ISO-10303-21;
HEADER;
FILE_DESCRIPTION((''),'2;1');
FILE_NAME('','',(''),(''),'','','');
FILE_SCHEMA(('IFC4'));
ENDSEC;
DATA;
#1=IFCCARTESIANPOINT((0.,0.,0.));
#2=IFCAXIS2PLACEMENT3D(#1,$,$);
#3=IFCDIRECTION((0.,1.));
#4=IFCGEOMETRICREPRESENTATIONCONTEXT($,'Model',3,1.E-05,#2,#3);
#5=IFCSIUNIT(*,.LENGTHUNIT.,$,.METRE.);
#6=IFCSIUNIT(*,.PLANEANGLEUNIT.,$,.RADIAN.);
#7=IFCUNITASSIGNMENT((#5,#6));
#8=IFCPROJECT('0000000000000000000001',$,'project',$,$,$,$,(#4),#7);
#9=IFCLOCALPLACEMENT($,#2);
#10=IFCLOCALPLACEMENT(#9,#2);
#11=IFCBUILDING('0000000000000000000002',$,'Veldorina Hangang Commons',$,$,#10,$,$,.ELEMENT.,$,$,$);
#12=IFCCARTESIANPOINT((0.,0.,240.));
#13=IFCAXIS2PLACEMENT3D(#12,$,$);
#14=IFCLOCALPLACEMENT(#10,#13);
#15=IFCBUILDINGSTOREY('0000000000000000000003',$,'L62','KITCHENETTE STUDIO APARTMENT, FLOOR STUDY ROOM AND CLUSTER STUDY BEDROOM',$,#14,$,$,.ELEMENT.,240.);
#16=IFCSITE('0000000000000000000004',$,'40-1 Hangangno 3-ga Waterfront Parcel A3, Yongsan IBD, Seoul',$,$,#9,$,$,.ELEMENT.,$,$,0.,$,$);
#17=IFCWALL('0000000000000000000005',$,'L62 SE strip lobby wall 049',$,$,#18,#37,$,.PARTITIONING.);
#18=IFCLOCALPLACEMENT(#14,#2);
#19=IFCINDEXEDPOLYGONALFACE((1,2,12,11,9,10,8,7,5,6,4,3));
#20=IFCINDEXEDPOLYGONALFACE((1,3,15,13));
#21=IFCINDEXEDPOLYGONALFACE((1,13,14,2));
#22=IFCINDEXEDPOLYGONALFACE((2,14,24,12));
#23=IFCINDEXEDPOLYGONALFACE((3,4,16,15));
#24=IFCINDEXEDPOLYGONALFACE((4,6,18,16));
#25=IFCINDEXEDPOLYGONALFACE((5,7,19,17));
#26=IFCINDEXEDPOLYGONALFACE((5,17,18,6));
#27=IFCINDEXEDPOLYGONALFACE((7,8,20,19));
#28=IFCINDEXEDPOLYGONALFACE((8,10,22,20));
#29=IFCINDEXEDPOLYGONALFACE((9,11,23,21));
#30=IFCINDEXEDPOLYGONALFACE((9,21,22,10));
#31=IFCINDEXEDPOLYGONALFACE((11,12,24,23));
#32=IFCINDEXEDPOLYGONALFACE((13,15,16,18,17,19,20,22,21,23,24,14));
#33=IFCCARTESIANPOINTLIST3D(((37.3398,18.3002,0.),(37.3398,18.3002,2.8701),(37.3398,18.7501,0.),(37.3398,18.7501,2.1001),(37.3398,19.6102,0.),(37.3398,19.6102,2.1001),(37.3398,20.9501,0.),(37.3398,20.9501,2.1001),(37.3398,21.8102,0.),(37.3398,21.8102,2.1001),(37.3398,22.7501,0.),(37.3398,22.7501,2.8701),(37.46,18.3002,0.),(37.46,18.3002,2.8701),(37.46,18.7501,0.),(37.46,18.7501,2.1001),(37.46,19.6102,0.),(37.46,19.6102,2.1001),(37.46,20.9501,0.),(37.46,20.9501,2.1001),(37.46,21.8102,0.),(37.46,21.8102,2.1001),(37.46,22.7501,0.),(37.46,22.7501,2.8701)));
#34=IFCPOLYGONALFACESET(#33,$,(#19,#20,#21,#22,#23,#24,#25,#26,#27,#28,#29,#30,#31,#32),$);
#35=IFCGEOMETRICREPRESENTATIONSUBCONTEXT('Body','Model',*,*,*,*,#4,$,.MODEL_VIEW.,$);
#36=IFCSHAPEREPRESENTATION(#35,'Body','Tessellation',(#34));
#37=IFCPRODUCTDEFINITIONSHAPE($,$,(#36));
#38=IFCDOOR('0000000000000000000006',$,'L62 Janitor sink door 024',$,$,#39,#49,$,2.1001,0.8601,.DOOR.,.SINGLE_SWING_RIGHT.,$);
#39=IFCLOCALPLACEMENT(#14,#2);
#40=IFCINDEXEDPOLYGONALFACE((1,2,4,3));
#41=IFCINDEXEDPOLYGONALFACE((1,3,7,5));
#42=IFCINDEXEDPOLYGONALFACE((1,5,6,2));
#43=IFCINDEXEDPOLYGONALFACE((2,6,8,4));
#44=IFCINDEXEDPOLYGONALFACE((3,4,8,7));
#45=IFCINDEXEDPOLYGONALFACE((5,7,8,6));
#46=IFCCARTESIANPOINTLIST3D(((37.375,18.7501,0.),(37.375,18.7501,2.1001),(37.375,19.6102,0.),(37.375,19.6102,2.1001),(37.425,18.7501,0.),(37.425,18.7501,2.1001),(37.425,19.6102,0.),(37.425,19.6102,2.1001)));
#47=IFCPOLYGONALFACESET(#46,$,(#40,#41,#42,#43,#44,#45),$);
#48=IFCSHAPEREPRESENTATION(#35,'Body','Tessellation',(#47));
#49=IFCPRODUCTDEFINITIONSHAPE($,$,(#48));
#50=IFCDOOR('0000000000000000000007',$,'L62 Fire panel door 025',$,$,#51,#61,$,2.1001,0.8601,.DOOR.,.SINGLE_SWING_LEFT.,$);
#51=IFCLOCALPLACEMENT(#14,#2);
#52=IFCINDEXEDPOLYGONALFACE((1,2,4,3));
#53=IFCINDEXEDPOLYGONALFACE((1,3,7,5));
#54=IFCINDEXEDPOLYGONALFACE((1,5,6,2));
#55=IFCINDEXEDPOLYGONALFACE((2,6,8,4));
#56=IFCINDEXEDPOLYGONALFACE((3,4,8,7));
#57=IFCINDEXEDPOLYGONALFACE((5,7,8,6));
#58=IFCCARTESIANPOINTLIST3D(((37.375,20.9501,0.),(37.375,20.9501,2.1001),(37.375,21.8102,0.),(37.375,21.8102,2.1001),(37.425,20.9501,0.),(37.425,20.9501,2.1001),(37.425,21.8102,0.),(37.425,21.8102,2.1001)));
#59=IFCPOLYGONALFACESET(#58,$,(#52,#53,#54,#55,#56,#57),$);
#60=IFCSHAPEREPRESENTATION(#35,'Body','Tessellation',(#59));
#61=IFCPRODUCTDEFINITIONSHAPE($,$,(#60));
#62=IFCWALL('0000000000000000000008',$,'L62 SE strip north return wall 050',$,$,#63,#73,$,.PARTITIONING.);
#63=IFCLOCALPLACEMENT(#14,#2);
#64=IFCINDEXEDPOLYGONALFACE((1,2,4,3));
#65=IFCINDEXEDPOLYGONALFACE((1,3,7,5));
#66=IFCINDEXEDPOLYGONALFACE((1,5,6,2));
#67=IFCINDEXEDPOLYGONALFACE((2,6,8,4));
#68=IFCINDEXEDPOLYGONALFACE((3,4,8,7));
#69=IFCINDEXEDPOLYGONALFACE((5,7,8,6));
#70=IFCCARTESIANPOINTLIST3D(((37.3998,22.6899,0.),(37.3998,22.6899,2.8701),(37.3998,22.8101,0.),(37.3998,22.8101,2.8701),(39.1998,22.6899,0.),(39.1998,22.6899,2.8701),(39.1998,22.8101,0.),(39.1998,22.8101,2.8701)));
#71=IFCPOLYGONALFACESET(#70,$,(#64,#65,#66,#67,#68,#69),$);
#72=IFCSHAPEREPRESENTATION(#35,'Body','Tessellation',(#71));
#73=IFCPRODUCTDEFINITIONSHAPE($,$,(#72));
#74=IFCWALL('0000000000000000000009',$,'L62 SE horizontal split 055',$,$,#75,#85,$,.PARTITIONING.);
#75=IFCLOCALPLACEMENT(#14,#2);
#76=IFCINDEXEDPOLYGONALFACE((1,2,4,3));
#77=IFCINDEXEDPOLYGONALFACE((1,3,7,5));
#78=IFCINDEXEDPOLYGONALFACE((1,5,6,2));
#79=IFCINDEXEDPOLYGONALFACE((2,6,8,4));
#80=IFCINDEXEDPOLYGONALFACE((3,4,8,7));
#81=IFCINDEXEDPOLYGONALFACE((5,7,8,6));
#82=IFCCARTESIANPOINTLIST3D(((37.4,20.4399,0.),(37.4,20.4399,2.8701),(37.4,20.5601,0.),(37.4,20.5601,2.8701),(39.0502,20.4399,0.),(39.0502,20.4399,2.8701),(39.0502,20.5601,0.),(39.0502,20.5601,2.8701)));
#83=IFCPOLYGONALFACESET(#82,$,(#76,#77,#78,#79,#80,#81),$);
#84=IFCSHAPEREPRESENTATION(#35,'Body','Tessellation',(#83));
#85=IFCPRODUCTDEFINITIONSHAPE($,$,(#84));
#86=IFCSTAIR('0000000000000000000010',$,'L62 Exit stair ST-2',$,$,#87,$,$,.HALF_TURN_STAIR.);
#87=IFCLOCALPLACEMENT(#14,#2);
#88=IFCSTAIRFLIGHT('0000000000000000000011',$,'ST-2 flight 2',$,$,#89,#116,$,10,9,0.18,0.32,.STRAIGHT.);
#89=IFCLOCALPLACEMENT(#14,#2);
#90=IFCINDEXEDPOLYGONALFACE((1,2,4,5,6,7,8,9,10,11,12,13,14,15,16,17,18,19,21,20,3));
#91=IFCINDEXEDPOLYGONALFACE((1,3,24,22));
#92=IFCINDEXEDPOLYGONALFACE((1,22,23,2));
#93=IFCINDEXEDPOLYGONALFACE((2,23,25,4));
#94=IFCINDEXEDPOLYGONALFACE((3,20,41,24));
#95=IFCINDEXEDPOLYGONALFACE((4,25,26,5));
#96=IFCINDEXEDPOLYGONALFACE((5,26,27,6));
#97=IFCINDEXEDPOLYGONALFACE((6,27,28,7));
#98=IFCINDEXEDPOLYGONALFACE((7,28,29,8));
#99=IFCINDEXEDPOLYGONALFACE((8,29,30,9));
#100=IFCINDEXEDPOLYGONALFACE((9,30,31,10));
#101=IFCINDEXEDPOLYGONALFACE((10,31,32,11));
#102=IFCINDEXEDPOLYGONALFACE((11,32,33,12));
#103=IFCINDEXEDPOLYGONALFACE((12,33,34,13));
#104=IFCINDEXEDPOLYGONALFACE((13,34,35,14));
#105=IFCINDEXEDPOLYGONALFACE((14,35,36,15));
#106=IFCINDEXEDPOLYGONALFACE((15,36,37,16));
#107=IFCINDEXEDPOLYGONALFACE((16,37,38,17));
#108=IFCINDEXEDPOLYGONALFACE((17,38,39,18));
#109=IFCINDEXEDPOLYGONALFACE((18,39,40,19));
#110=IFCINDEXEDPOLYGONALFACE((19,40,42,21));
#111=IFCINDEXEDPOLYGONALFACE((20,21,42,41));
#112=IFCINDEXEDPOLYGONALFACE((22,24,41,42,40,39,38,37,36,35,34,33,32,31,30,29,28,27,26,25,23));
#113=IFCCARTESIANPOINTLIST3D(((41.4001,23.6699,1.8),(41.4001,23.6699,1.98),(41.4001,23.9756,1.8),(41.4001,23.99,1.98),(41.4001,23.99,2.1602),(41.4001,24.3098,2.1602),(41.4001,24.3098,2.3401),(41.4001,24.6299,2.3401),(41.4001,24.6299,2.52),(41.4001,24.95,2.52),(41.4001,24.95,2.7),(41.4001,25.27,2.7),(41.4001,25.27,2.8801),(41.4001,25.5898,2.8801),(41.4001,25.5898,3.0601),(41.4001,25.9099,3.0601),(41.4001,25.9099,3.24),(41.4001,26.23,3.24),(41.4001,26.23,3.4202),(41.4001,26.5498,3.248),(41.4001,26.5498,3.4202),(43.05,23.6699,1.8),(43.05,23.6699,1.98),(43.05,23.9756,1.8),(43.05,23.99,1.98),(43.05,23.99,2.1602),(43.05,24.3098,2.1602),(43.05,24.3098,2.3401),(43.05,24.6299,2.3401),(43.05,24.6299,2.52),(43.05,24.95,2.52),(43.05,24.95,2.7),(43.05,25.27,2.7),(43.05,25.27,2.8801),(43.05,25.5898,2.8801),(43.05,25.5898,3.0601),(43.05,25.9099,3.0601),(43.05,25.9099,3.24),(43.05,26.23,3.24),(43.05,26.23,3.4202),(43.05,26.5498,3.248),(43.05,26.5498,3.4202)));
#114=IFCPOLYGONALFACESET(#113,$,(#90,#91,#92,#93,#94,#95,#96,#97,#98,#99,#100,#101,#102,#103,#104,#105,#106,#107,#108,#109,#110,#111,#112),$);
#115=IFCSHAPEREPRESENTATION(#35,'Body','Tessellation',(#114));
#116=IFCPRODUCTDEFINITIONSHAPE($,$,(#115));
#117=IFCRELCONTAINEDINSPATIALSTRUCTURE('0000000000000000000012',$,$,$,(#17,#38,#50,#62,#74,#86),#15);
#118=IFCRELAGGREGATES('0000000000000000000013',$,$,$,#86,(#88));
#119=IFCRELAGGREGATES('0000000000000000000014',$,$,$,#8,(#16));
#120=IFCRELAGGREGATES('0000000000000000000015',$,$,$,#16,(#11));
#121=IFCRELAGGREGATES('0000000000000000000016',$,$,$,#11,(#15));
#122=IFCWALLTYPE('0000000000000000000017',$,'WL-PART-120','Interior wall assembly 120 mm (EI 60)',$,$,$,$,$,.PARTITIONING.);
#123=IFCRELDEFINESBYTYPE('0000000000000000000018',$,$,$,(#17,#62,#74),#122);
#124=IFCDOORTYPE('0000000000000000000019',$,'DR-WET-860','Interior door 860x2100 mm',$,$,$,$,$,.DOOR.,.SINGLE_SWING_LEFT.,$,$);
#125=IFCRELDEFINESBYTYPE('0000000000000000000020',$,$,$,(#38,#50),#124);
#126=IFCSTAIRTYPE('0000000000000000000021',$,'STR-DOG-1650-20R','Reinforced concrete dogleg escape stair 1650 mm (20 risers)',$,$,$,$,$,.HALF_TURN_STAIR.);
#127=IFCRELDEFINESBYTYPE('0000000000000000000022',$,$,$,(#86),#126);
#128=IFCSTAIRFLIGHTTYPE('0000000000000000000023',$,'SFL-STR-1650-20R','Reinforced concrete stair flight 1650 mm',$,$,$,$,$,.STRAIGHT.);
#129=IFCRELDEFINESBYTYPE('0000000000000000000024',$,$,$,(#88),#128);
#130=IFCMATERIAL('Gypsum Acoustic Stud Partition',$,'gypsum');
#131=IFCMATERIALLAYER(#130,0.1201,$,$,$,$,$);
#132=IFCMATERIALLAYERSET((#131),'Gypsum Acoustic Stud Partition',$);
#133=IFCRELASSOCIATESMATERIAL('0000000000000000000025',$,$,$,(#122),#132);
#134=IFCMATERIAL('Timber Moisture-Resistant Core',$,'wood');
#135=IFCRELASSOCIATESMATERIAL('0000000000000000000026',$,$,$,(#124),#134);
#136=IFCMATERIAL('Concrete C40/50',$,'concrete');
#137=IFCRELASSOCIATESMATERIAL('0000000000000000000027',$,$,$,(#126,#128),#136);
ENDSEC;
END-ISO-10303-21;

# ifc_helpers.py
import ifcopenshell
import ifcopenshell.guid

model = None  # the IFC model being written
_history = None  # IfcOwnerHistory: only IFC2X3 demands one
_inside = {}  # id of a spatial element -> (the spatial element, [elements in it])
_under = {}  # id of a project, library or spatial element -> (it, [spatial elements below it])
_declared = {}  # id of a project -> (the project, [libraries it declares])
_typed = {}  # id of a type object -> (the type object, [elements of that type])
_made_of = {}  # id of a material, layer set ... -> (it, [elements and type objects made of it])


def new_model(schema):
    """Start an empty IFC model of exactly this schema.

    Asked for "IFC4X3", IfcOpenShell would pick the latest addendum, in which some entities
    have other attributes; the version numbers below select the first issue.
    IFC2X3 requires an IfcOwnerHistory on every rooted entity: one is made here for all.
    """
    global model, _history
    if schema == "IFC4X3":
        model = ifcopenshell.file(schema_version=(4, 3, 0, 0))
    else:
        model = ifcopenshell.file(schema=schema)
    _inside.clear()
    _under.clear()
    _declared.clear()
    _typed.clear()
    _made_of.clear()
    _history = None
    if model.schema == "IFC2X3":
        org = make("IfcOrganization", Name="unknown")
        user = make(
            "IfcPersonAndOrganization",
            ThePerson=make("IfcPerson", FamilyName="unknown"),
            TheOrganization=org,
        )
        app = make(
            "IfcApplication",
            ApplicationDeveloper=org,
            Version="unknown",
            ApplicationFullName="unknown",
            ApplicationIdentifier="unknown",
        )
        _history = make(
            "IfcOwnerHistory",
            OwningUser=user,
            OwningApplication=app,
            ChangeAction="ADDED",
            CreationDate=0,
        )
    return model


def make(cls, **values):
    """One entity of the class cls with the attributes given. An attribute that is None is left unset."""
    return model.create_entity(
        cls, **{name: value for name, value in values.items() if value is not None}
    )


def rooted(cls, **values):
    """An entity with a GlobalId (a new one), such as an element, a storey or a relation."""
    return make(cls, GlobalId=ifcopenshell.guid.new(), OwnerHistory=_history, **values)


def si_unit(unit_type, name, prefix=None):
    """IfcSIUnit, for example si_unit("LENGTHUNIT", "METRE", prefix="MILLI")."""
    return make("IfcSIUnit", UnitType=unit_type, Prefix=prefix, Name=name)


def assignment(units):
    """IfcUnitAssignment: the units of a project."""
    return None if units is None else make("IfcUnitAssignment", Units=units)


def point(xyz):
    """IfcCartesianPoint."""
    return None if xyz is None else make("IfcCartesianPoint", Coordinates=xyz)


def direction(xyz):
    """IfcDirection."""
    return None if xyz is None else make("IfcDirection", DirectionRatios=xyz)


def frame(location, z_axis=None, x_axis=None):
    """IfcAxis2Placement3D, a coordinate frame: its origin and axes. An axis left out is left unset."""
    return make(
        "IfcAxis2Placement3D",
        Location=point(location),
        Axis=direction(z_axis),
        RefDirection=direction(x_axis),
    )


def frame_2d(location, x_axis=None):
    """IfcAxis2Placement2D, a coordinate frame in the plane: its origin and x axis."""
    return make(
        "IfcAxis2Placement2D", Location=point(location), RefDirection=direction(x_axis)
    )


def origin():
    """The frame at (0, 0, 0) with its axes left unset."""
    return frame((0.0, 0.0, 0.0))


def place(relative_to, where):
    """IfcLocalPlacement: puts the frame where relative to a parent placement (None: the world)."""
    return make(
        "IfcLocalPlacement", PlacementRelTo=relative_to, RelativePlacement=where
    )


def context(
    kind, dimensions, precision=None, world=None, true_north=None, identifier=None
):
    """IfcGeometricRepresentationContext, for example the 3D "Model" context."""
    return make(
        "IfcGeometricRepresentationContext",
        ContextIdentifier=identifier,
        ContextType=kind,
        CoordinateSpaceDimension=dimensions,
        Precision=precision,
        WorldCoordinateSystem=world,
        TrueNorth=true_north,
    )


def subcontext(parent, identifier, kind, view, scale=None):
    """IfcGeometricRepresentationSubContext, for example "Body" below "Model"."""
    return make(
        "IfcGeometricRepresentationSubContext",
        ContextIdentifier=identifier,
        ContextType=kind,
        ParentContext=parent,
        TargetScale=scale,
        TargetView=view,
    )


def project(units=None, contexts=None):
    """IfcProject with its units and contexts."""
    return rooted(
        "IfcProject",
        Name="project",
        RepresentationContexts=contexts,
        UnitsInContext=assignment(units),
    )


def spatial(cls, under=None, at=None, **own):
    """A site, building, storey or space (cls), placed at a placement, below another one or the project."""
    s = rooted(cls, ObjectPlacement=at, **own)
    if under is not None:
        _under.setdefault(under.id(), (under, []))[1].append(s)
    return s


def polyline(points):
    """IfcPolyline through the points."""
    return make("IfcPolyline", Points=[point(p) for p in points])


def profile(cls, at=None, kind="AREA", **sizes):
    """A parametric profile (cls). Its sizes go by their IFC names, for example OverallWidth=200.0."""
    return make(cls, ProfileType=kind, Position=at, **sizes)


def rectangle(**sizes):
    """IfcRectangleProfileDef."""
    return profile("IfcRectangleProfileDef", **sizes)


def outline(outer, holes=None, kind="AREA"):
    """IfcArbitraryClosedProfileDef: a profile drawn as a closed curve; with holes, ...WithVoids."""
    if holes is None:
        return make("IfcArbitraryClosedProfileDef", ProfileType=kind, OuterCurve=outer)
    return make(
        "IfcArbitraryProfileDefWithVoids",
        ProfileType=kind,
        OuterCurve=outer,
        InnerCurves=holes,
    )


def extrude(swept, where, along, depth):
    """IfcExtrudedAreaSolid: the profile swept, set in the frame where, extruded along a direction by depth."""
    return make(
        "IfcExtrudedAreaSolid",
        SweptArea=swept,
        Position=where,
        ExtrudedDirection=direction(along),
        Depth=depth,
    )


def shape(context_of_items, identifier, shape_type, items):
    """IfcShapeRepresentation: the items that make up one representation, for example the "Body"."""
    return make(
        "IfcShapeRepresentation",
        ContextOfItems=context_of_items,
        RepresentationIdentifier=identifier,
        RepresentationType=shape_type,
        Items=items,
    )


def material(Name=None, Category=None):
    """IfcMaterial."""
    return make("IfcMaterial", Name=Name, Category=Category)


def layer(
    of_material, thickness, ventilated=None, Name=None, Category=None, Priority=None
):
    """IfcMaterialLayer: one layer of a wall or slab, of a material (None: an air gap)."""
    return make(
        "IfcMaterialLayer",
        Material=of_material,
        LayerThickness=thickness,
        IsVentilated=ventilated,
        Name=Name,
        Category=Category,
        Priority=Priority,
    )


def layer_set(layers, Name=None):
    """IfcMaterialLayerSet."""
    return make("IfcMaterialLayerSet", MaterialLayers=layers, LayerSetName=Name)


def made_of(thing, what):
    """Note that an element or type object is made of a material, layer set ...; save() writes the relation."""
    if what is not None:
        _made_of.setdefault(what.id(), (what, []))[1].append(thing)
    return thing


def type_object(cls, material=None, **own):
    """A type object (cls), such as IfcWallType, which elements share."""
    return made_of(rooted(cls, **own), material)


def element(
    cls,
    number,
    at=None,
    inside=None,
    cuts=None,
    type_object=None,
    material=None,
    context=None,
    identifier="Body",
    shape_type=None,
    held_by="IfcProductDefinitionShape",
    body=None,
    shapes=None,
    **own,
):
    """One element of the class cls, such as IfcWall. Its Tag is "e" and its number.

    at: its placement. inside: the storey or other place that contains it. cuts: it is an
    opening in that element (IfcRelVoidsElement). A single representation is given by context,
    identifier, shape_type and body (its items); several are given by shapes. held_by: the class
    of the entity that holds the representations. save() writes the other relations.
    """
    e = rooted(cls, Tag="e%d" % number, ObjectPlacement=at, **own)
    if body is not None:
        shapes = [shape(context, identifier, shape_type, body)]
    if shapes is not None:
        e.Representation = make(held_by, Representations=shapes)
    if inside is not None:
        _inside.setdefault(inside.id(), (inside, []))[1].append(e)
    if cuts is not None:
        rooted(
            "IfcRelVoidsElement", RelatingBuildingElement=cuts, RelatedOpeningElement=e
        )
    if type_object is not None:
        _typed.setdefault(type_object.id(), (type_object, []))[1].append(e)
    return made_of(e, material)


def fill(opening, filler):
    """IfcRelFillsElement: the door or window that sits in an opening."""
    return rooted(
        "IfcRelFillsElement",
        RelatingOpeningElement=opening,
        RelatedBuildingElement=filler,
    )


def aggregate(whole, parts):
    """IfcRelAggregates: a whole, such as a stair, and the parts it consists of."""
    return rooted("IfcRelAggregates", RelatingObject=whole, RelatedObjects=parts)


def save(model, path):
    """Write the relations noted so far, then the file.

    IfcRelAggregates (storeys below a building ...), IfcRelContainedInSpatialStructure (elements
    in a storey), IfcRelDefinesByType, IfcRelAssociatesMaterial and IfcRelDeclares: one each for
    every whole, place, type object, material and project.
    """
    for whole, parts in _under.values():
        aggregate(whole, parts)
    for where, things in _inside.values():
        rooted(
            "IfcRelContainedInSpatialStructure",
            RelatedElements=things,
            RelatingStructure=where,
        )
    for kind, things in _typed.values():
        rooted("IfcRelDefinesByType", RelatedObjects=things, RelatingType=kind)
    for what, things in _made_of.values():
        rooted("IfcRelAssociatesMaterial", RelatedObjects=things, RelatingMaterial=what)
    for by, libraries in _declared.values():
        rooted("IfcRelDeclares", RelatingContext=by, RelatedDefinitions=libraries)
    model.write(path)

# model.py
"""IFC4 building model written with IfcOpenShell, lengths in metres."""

from ifc_helpers import new_model, si_unit, direction, frame, frame_2d, origin, place, context, subcontext, project, spatial, polyline, rectangle, outline, extrude, material, layer, layer_set, type_object, element, fill, aggregate, save


model = new_model("IFC4")

# Units and contexts
model_context = context("Model", 3, precision=1e-05, world=origin(), true_north=direction((0.0, 1.0)))
body_context = subcontext(model_context, "Body", "Model", "MODEL_VIEW")
ifc_project = project(units=[si_unit("LENGTHUNIT", "METRE"), si_unit("PLANEANGLEUNIT", "RADIAN")], contexts=[model_context])

# Site, building, storey
site_placement = place(None, origin())
site = spatial("IfcSite", under=ifc_project, at=site_placement, Name="40-1 Hangangno 3-ga Waterfront Parcel A3, Yongsan IBD, Seoul", CompositionType="ELEMENT", RefElevation=0.0)
building_placement = place(site_placement, origin())
building = spatial("IfcBuilding", under=site, at=building_placement, Name="Veldorina Hangang Commons", CompositionType="ELEMENT")
storey_placement = place(building_placement, frame((0.0, 0.0, 240.0)))
storey = spatial("IfcBuildingStorey", under=building, at=storey_placement, Name="L62", Description="KITCHENETTE STUDIO APARTMENT, FLOOR STUDY ROOM AND CLUSTER STUDY BEDROOM", CompositionType="ELEMENT", Elevation=240.0)

# Shared definitions
ifc_material_1 = material(Name="Gypsum Acoustic Stud Partition", Category="gypsum")
ifc_layer_1 = layer(ifc_material_1, 0.1201)
ifc_layer_set_1 = layer_set([ifc_layer_1], Name="Gypsum Acoustic Stud Partition")
wall_type_1 = type_object("IfcWallType", Name="WL-PART-120", Description="Interior wall assembly 120 mm (EI 60)", PredefinedType="PARTITIONING", material=ifc_layer_set_1)

# Wall, openings, doors
wall_1_placement = place(storey_placement, frame((37.3999, 18.3, 0.0), z_axis=(0.0, 0.0, 1.0), x_axis=(0.0, 1.0, 0.0)))
wall_1 = element("IfcWall", 1, at=wall_1_placement, inside=storey, type_object=wall_type_1, Name="L62 SE strip lobby wall 049", PredefinedType="PARTITIONING", context=body_context, shape_type="SweptSolid", body=[
    extrude(rectangle(XDim=4.45, YDim=0.1201, at=frame_2d((2.2251, 0.0))), origin(), (0.0, 0.0, 1.0), 2.8701),
])
opening_1_placement = place(wall_1_placement, frame((0.45, 0.0, 0.0)))
opening_1 = element("IfcOpeningElement", 2, at=opening_1_placement, cuts=wall_1, PredefinedType="OPENING", context=body_context, shape_type="SweptSolid", body=[
    extrude(rectangle(XDim=0.8601, YDim=2.1001, at=frame_2d((0.4302, 1.05))), frame((0.0, 0.0701, 0.0), z_axis=(0.0, -1.0, 0.0), x_axis=(1.0, 0.0, 0.0)), (0.0, 0.0, 1.0), 0.1401),
])
opening_2_placement = place(wall_1_placement, frame((2.6499, 0.0, 0.0)))
opening_2 = element("IfcOpeningElement", 3, at=opening_2_placement, cuts=wall_1, PredefinedType="OPENING", context=body_context, shape_type="SweptSolid", body=[
    extrude(rectangle(XDim=0.8601, YDim=2.1001, at=frame_2d((0.4302, 1.05))), frame((0.0, 0.0701, 0.0), z_axis=(0.0, -1.0, 0.0), x_axis=(1.0, 0.0, 0.0)), (0.0, 0.0, 1.0), 0.1401),
])
ifc_material_2 = material(Name="Timber Moisture-Resistant Core", Category="wood")
door_type_1 = type_object("IfcDoorType", Name="DR-WET-860", Description="Interior door 860x2100 mm", OperationType="SINGLE_SWING_LEFT", PredefinedType="DOOR", material=ifc_material_2)
door_1_placement = place(opening_1_placement, origin())
door_1 = element("IfcDoor", 4, at=door_1_placement, inside=storey, type_object=door_type_1, Name="L62 Janitor sink door 024", OperationType="SINGLE_SWING_RIGHT", OverallHeight=2.1001, OverallWidth=0.8601, PredefinedType="DOOR", context=body_context, shape_type="SweptSolid", body=[
    extrude(rectangle(XDim=0.8601, YDim=2.1001, at=frame_2d((0.4302, 1.05))), frame((0.0, 0.0249, 0.0), z_axis=(0.0, -1.0, 0.0), x_axis=(1.0, 0.0, 0.0)), (0.0, 0.0, 1.0), 0.05),
])
fill(opening_1, door_1)
door_2_placement = place(opening_2_placement, origin())
door_2 = element("IfcDoor", 5, at=door_2_placement, inside=storey, type_object=door_type_1, Name="L62 Fire panel door 025", OperationType="SINGLE_SWING_LEFT", OverallHeight=2.1001, OverallWidth=0.8601, PredefinedType="DOOR", context=body_context, shape_type="SweptSolid", body=[
    extrude(rectangle(XDim=0.8601, YDim=2.1001, at=frame_2d((0.4302, 1.05))), frame((0.0, 0.0249, 0.0), z_axis=(0.0, -1.0, 0.0), x_axis=(1.0, 0.0, 0.0)), (0.0, 0.0, 1.0), 0.05),
])
fill(opening_2, door_2)

# Walls
wall_2_placement = place(storey_placement, frame((37.3999, 22.75, 0.0), z_axis=(0.0, 0.0, 1.0), x_axis=(1.0, 0.0, 0.0)))
element("IfcWall", 6, at=wall_2_placement, inside=storey, type_object=wall_type_1, Name="L62 SE strip north return wall 050", PredefinedType="PARTITIONING", context=body_context, shape_type="SweptSolid", body=[
    extrude(rectangle(XDim=1.8, YDim=0.1201, at=frame_2d((0.8999, 0.0))), origin(), (0.0, 0.0, 1.0), 2.8701),
])
wall_3_placement = place(storey_placement, frame((37.3999, 20.5, 0.0), z_axis=(0.0, 0.0, 1.0), x_axis=(1.0, 0.0, 0.0)))
element("IfcWall", 7, at=wall_3_placement, inside=storey, type_object=wall_type_1, Name="L62 SE horizontal split 055", PredefinedType="PARTITIONING", context=body_context, shape_type="SweptSolid", body=[
    extrude(rectangle(XDim=1.6501, YDim=0.1201, at=frame_2d((0.8252, 0.0))), origin(), (0.0, 0.0, 1.0), 2.8701),
])

# Stair, stair flight
ifc_material_3 = material(Name="Concrete C40/50", Category="concrete")
stair_type = type_object("IfcStairType", Name="STR-DOG-1650-20R", Description="Reinforced concrete dogleg escape stair 1650 mm (20 risers)", PredefinedType="HALF_TURN_STAIR", material=ifc_material_3)
stair_placement = place(storey_placement, origin())
stair = element("IfcStair", 8, at=stair_placement, inside=storey, type_object=stair_type, Name="L62 Exit stair ST-2", PredefinedType="HALF_TURN_STAIR")
stair_flight_type = type_object("IfcStairFlightType", Name="SFL-STR-1650-20R", Description="Reinforced concrete stair flight 1650 mm", PredefinedType="STRAIGHT", material=ifc_material_3)
stair_flight_placement = place(storey_placement, frame((42.2251, 23.6699, 1.8), z_axis=(0.0, 0.0, 1.0), x_axis=(0.0, 1.0, 0.0)))
stair_flight = element("IfcStairFlight", 9, at=stair_flight_placement, type_object=stair_flight_type, Name="ST-2 flight 2", NumberOfRisers=10, NumberOfTreads=9, PredefinedType="STRAIGHT", RiserHeight=0.18, TreadLength=0.32, context=body_context, shape_type="SweptSolid", body=[
    extrude(outline(polyline([(0.0, 0.0), (0.0, 0.1799), (0.3201, 0.1799), (0.3201, 0.3601), (0.6399, 0.3601), (0.6399, 0.54), (0.96, 0.54), (0.96, 0.72), (1.28, 0.72), (1.28, 0.8999), (1.6001, 0.8999), (1.6001, 1.0801), (1.9199, 1.0801), (1.9199, 1.26), (2.24, 1.26), (2.24, 1.4399), (2.5601, 1.4399), (2.5601, 1.6201), (2.8799, 1.6201), (2.8799, 1.8), (2.8799, 1.448), (0.3057, 0.0), (0.0, 0.0)])), frame((0.0, 0.825, 0.0), z_axis=(0.0, -1.0, 0.0), x_axis=(1.0, 0.0, 0.0)), (0.0, 0.0, 1.0), 1.6499),
])
aggregate(stair, [stair_flight])

save(model, "model.ifc")
